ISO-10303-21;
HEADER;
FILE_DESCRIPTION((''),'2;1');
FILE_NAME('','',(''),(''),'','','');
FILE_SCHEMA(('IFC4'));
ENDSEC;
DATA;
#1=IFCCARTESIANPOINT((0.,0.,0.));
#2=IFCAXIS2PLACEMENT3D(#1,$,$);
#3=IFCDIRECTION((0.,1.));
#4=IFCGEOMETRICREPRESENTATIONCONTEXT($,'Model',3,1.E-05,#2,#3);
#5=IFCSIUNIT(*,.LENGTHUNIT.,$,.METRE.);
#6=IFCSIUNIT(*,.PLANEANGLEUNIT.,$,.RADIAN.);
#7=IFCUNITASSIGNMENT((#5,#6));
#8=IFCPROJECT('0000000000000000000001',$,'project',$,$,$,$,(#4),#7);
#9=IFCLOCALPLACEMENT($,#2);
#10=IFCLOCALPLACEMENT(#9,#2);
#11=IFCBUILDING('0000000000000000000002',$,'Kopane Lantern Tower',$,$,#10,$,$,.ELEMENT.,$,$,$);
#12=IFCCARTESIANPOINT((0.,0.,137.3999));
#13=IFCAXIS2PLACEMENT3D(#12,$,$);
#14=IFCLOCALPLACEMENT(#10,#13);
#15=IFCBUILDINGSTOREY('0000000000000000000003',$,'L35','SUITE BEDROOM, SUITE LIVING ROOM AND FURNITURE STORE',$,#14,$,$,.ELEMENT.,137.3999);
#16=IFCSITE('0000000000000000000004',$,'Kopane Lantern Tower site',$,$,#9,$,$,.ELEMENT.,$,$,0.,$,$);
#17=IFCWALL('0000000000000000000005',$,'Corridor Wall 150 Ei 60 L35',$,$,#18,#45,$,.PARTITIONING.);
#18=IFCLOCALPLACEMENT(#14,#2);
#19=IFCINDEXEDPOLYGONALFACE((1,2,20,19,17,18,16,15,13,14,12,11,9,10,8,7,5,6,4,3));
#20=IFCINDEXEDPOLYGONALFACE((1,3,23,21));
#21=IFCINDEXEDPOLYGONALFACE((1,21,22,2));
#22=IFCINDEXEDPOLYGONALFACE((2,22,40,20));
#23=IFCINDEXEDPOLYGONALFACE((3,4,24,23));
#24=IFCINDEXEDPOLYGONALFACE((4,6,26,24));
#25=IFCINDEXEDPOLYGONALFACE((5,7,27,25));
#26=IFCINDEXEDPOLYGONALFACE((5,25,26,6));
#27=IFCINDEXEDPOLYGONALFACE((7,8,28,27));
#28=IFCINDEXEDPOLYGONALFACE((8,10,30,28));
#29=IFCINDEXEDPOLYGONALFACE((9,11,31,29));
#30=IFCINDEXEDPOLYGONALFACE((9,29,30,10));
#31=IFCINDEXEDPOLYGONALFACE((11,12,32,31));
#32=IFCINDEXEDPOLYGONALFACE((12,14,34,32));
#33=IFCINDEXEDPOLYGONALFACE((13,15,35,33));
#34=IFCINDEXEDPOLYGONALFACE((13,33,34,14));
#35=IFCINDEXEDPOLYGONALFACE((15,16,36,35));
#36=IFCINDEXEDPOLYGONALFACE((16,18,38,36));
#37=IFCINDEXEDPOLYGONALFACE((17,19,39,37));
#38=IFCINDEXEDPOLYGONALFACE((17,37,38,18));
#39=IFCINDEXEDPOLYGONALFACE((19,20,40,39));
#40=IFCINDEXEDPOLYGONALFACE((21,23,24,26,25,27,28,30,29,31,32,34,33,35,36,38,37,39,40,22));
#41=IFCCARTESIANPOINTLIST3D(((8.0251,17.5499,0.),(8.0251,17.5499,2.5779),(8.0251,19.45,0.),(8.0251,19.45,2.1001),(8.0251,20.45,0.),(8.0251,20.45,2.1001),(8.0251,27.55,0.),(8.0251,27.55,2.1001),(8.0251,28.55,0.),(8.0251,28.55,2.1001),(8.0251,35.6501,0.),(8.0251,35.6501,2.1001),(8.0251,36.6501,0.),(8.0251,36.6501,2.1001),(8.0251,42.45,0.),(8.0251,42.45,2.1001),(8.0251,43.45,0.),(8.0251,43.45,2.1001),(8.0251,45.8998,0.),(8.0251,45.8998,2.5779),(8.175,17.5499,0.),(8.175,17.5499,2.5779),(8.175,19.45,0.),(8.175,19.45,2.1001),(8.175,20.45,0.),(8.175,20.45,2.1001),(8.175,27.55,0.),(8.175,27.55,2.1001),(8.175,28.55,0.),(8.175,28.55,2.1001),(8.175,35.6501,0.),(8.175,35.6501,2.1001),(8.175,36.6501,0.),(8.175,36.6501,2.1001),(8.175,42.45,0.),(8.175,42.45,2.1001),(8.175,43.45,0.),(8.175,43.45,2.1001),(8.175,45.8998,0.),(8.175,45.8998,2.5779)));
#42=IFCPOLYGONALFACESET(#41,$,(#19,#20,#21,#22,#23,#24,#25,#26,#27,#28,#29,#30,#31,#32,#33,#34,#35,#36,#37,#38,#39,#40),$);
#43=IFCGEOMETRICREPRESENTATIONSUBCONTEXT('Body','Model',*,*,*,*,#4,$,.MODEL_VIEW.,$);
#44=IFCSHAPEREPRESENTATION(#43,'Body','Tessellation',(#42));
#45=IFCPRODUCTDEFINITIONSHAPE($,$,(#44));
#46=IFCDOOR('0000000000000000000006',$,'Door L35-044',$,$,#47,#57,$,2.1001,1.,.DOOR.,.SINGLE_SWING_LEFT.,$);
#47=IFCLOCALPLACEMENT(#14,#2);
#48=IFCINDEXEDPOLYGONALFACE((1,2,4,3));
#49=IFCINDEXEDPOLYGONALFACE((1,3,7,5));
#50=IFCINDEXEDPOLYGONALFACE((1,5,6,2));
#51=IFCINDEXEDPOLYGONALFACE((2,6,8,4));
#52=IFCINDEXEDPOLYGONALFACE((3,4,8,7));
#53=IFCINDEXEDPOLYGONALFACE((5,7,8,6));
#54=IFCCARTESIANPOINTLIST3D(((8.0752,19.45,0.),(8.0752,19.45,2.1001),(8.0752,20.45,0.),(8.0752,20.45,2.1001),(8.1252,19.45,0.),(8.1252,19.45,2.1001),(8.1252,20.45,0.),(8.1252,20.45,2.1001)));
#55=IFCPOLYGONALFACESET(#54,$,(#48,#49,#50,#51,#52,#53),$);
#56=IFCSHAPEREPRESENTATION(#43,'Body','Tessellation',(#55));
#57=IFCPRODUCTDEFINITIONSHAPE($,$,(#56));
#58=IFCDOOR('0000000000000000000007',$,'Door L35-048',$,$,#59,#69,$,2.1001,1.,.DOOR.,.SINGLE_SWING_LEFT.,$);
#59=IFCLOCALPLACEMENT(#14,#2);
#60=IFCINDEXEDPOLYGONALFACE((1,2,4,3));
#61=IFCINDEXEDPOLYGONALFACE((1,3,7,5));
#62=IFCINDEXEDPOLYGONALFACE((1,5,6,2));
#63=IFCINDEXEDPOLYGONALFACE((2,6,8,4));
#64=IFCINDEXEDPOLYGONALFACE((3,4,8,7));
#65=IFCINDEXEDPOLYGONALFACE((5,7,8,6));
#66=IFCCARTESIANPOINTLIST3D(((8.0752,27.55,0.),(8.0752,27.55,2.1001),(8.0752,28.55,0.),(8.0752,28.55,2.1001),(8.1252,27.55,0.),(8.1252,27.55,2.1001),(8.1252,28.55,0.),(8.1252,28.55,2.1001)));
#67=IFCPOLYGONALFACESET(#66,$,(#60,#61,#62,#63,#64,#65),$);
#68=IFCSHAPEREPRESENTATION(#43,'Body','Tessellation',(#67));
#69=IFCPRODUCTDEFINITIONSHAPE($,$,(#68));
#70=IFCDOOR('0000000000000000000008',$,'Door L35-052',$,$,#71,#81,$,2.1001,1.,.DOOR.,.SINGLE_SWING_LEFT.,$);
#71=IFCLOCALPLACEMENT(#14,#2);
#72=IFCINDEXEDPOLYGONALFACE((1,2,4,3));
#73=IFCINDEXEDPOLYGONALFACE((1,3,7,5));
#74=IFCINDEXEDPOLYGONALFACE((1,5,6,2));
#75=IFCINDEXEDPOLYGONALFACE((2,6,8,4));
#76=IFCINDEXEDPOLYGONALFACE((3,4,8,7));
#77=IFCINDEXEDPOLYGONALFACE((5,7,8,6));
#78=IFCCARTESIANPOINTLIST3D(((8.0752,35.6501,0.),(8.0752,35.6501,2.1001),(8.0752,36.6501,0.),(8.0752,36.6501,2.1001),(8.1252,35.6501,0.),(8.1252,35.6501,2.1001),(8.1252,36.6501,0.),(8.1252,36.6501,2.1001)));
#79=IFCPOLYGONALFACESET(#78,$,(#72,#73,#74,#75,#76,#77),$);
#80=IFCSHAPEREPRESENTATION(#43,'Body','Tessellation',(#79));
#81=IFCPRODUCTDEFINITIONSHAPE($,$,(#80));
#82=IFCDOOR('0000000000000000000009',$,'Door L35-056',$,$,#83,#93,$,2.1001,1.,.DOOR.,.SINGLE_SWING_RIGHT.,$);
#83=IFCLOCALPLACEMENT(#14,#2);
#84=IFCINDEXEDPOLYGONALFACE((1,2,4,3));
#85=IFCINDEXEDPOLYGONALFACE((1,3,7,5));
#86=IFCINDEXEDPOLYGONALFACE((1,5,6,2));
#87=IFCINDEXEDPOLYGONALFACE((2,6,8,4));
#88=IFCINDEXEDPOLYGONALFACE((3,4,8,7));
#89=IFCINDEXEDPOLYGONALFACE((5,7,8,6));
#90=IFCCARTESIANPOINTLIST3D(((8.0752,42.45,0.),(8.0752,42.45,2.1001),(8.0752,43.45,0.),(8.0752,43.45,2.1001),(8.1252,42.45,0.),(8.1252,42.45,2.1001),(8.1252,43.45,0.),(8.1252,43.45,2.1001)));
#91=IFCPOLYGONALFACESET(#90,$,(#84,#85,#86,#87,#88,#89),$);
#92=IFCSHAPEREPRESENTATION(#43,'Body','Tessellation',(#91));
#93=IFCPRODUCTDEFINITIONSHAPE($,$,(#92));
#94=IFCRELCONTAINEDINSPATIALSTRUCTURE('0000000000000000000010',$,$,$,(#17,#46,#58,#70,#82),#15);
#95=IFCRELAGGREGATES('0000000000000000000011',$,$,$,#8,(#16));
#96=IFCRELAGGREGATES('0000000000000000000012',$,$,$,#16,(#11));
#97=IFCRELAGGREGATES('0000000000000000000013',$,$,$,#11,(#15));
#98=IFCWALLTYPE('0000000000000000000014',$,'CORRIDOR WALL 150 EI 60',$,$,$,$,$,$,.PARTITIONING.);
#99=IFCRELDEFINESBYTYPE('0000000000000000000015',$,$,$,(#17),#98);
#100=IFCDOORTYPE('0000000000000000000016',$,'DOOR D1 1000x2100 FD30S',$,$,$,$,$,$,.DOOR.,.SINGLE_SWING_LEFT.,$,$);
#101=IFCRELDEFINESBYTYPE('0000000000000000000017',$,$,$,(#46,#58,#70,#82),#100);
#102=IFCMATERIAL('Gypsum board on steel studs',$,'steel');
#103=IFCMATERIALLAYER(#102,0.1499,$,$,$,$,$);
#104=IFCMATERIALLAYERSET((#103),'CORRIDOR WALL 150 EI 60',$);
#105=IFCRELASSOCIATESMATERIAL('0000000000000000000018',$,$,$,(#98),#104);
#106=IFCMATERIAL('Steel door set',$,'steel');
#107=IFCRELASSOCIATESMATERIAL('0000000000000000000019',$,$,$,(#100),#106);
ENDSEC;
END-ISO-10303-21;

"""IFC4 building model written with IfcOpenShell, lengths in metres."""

from ifc_helpers import new_model, si_unit, direction, frame, frame_2d, origin, place, context, subcontext, project, spatial, rectangle, extrude, material, layer, layer_set, type_object, element, fill, save


model = new_model("IFC4")

# Units and contexts
model_context = context("Model", 3, precision=1e-05, world=origin(), true_north=direction((0.0, 1.0)))
body_context = subcontext(model_context, "Body", "Model", "MODEL_VIEW")
ifc_project = project(units=[si_unit("LENGTHUNIT", "METRE"), si_unit("PLANEANGLEUNIT", "RADIAN")], contexts=[model_context])

# Site, building, storey
site_placement = place(None, origin())
site = spatial("IfcSite", under=ifc_project, at=site_placement, Name="Kopane Lantern Tower site", CompositionType="ELEMENT", RefElevation=0.0)
building_placement = place(site_placement, origin())
building = spatial("IfcBuilding", under=site, at=building_placement, Name="Kopane Lantern Tower", CompositionType="ELEMENT")
storey_placement = place(building_placement, frame((0.0, 0.0, 137.3999)))
storey = spatial("IfcBuildingStorey", under=building, at=storey_placement, Name="L35", Description="SUITE BEDROOM, SUITE LIVING ROOM AND FURNITURE STORE", CompositionType="ELEMENT", Elevation=137.3999)

# Wall, openings, doors
ifc_material_1 = material(Name="Gypsum board on steel studs", Category="steel")
ifc_layer_1 = layer(ifc_material_1, 0.1499)
ifc_layer_set_1 = layer_set([ifc_layer_1], Name="CORRIDOR WALL 150 EI 60")
wall_type_1 = type_object("IfcWallType", Name="CORRIDOR WALL 150 EI 60", PredefinedType="PARTITIONING", material=ifc_layer_set_1)
ifc_material_2 = material(Name="Steel door set", Category="steel")
door_type_1 = type_object("IfcDoorType", Name="DOOR D1 1000x2100 FD30S", OperationType="SINGLE_SWING_LEFT", PredefinedType="DOOR", material=ifc_material_2)
wall_1_placement = place(storey_placement, frame((8.1001, 17.55, 0.0), z_axis=(0.0, 0.0, 1.0), x_axis=(0.0, 1.0, 0.0)))
wall_1 = element("IfcWall", 1, at=wall_1_placement, inside=storey, type_object=wall_type_1, Name="Corridor Wall 150 Ei 60 L35", PredefinedType="PARTITIONING", context=body_context, shape_type="SweptSolid", body=[
    extrude(rectangle(XDim=28.3499, YDim=0.1499, at=frame_2d((14.1748, 0.0))), origin(), (0.0, 0.0, 1.0), 2.5779),
])
opening_1_placement = place(wall_1_placement, frame((1.8999, 0.0, 0.0)))
opening_1 = element("IfcOpeningElement", 2, at=opening_1_placement, cuts=wall_1, PredefinedType="OPENING", context=body_context, shape_type="SweptSolid", body=[
    extrude(rectangle(XDim=1.0, YDim=2.1001, at=frame_2d((0.5, 1.05))), frame((0.0, 0.085, 0.0), z_axis=(0.0, -1.0, 0.0), x_axis=(1.0, 0.0, 0.0)), (0.0, 0.0, 1.0), 0.1699),
])
opening_2_placement = place(wall_1_placement, frame((10.0, 0.0, 0.0)))
opening_2 = element("IfcOpeningElement", 3, at=opening_2_placement, cuts=wall_1, PredefinedType="OPENING", context=body_context, shape_type="SweptSolid", body=[
    extrude(rectangle(XDim=1.0, YDim=2.1001, at=frame_2d((0.5, 1.05))), frame((0.0, 0.085, 0.0), z_axis=(0.0, -1.0, 0.0), x_axis=(1.0, 0.0, 0.0)), (0.0, 0.0, 1.0), 0.1699),
])
opening_3_placement = place(wall_1_placement, frame((18.1001, 0.0, 0.0)))
opening_3 = element("IfcOpeningElement", 4, at=opening_3_placement, cuts=wall_1, PredefinedType="OPENING", context=body_context, shape_type="SweptSolid", body=[
    extrude(rectangle(XDim=1.0, YDim=2.1001, at=frame_2d((0.5, 1.05))), frame((0.0, 0.085, 0.0), z_axis=(0.0, -1.0, 0.0), x_axis=(1.0, 0.0, 0.0)), (0.0, 0.0, 1.0), 0.1699),
])
opening_4_placement = place(wall_1_placement, frame((24.8999, 0.0, 0.0)))
opening_4 = element("IfcOpeningElement", 5, at=opening_4_placement, cuts=wall_1, PredefinedType="OPENING", context=body_context, shape_type="SweptSolid", body=[
    extrude(rectangle(XDim=1.0, YDim=2.1001, at=frame_2d((0.5, 1.05))), frame((0.0, 0.085, 0.0), z_axis=(0.0, -1.0, 0.0), x_axis=(1.0, 0.0, 0.0)), (0.0, 0.0, 1.0), 0.1699),
])
door_1_placement = place(opening_1_placement, origin())
door_1 = element("IfcDoor", 6, at=door_1_placement, inside=storey, type_object=door_type_1, Name="Door L35-044", OperationType="SINGLE_SWING_LEFT", OverallHeight=2.1001, OverallWidth=1.0, PredefinedType="DOOR", context=body_context, shape_type="SweptSolid", body=[
    extrude(rectangle(XDim=1.0, YDim=2.1001, at=frame_2d((0.5, 1.05))), frame((0.0, 0.0249, 0.0), z_axis=(0.0, -1.0, 0.0), x_axis=(1.0, 0.0, 0.0)), (0.0, 0.0, 1.0), 0.05),
])
fill(opening_1, door_1)
door_2_placement = place(opening_2_placement, origin())
door_2 = element("IfcDoor", 7, at=door_2_placement, inside=storey, type_object=door_type_1, Name="Door L35-048", OperationType="SINGLE_SWING_LEFT", OverallHeight=2.1001, OverallWidth=1.0, PredefinedType="DOOR", context=body_context, shape_type="SweptSolid", body=[
    extrude(rectangle(XDim=1.0, YDim=2.1001, at=frame_2d((0.5, 1.05))), frame((0.0, 0.0249, 0.0), z_axis=(0.0, -1.0, 0.0), x_axis=(1.0, 0.0, 0.0)), (0.0, 0.0, 1.0), 0.05),
])
fill(opening_2, door_2)
door_3_placement = place(opening_3_placement, origin())
door_3 = element("IfcDoor", 8, at=door_3_placement, inside=storey, type_object=door_type_1, Name="Door L35-052", OperationType="SINGLE_SWING_LEFT", OverallHeight=2.1001, OverallWidth=1.0, PredefinedType="DOOR", context=body_context, shape_type="SweptSolid", body=[
    extrude(rectangle(XDim=1.0, YDim=2.1001, at=frame_2d((0.5, 1.05))), frame((0.0, 0.0249, 0.0), z_axis=(0.0, -1.0, 0.0), x_axis=(1.0, 0.0, 0.0)), (0.0, 0.0, 1.0), 0.05),
])
fill(opening_3, door_3)
door_4_placement = place(opening_4_placement, origin())
door_4 = element("IfcDoor", 9, at=door_4_placement, inside=storey, type_object=door_type_1, Name="Door L35-056", OperationType="SINGLE_SWING_RIGHT", OverallHeight=2.1001, OverallWidth=1.0, PredefinedType="DOOR", context=body_context, shape_type="SweptSolid", body=[
    extrude(rectangle(XDim=1.0, YDim=2.1001, at=frame_2d((0.5, 1.05))), frame((0.0, 0.0249, 0.0), z_axis=(0.0, -1.0, 0.0), x_axis=(1.0, 0.0, 0.0)), (0.0, 0.0, 1.0), 0.05),
])
fill(opening_4, door_4)

save(model, "model.ifc")
